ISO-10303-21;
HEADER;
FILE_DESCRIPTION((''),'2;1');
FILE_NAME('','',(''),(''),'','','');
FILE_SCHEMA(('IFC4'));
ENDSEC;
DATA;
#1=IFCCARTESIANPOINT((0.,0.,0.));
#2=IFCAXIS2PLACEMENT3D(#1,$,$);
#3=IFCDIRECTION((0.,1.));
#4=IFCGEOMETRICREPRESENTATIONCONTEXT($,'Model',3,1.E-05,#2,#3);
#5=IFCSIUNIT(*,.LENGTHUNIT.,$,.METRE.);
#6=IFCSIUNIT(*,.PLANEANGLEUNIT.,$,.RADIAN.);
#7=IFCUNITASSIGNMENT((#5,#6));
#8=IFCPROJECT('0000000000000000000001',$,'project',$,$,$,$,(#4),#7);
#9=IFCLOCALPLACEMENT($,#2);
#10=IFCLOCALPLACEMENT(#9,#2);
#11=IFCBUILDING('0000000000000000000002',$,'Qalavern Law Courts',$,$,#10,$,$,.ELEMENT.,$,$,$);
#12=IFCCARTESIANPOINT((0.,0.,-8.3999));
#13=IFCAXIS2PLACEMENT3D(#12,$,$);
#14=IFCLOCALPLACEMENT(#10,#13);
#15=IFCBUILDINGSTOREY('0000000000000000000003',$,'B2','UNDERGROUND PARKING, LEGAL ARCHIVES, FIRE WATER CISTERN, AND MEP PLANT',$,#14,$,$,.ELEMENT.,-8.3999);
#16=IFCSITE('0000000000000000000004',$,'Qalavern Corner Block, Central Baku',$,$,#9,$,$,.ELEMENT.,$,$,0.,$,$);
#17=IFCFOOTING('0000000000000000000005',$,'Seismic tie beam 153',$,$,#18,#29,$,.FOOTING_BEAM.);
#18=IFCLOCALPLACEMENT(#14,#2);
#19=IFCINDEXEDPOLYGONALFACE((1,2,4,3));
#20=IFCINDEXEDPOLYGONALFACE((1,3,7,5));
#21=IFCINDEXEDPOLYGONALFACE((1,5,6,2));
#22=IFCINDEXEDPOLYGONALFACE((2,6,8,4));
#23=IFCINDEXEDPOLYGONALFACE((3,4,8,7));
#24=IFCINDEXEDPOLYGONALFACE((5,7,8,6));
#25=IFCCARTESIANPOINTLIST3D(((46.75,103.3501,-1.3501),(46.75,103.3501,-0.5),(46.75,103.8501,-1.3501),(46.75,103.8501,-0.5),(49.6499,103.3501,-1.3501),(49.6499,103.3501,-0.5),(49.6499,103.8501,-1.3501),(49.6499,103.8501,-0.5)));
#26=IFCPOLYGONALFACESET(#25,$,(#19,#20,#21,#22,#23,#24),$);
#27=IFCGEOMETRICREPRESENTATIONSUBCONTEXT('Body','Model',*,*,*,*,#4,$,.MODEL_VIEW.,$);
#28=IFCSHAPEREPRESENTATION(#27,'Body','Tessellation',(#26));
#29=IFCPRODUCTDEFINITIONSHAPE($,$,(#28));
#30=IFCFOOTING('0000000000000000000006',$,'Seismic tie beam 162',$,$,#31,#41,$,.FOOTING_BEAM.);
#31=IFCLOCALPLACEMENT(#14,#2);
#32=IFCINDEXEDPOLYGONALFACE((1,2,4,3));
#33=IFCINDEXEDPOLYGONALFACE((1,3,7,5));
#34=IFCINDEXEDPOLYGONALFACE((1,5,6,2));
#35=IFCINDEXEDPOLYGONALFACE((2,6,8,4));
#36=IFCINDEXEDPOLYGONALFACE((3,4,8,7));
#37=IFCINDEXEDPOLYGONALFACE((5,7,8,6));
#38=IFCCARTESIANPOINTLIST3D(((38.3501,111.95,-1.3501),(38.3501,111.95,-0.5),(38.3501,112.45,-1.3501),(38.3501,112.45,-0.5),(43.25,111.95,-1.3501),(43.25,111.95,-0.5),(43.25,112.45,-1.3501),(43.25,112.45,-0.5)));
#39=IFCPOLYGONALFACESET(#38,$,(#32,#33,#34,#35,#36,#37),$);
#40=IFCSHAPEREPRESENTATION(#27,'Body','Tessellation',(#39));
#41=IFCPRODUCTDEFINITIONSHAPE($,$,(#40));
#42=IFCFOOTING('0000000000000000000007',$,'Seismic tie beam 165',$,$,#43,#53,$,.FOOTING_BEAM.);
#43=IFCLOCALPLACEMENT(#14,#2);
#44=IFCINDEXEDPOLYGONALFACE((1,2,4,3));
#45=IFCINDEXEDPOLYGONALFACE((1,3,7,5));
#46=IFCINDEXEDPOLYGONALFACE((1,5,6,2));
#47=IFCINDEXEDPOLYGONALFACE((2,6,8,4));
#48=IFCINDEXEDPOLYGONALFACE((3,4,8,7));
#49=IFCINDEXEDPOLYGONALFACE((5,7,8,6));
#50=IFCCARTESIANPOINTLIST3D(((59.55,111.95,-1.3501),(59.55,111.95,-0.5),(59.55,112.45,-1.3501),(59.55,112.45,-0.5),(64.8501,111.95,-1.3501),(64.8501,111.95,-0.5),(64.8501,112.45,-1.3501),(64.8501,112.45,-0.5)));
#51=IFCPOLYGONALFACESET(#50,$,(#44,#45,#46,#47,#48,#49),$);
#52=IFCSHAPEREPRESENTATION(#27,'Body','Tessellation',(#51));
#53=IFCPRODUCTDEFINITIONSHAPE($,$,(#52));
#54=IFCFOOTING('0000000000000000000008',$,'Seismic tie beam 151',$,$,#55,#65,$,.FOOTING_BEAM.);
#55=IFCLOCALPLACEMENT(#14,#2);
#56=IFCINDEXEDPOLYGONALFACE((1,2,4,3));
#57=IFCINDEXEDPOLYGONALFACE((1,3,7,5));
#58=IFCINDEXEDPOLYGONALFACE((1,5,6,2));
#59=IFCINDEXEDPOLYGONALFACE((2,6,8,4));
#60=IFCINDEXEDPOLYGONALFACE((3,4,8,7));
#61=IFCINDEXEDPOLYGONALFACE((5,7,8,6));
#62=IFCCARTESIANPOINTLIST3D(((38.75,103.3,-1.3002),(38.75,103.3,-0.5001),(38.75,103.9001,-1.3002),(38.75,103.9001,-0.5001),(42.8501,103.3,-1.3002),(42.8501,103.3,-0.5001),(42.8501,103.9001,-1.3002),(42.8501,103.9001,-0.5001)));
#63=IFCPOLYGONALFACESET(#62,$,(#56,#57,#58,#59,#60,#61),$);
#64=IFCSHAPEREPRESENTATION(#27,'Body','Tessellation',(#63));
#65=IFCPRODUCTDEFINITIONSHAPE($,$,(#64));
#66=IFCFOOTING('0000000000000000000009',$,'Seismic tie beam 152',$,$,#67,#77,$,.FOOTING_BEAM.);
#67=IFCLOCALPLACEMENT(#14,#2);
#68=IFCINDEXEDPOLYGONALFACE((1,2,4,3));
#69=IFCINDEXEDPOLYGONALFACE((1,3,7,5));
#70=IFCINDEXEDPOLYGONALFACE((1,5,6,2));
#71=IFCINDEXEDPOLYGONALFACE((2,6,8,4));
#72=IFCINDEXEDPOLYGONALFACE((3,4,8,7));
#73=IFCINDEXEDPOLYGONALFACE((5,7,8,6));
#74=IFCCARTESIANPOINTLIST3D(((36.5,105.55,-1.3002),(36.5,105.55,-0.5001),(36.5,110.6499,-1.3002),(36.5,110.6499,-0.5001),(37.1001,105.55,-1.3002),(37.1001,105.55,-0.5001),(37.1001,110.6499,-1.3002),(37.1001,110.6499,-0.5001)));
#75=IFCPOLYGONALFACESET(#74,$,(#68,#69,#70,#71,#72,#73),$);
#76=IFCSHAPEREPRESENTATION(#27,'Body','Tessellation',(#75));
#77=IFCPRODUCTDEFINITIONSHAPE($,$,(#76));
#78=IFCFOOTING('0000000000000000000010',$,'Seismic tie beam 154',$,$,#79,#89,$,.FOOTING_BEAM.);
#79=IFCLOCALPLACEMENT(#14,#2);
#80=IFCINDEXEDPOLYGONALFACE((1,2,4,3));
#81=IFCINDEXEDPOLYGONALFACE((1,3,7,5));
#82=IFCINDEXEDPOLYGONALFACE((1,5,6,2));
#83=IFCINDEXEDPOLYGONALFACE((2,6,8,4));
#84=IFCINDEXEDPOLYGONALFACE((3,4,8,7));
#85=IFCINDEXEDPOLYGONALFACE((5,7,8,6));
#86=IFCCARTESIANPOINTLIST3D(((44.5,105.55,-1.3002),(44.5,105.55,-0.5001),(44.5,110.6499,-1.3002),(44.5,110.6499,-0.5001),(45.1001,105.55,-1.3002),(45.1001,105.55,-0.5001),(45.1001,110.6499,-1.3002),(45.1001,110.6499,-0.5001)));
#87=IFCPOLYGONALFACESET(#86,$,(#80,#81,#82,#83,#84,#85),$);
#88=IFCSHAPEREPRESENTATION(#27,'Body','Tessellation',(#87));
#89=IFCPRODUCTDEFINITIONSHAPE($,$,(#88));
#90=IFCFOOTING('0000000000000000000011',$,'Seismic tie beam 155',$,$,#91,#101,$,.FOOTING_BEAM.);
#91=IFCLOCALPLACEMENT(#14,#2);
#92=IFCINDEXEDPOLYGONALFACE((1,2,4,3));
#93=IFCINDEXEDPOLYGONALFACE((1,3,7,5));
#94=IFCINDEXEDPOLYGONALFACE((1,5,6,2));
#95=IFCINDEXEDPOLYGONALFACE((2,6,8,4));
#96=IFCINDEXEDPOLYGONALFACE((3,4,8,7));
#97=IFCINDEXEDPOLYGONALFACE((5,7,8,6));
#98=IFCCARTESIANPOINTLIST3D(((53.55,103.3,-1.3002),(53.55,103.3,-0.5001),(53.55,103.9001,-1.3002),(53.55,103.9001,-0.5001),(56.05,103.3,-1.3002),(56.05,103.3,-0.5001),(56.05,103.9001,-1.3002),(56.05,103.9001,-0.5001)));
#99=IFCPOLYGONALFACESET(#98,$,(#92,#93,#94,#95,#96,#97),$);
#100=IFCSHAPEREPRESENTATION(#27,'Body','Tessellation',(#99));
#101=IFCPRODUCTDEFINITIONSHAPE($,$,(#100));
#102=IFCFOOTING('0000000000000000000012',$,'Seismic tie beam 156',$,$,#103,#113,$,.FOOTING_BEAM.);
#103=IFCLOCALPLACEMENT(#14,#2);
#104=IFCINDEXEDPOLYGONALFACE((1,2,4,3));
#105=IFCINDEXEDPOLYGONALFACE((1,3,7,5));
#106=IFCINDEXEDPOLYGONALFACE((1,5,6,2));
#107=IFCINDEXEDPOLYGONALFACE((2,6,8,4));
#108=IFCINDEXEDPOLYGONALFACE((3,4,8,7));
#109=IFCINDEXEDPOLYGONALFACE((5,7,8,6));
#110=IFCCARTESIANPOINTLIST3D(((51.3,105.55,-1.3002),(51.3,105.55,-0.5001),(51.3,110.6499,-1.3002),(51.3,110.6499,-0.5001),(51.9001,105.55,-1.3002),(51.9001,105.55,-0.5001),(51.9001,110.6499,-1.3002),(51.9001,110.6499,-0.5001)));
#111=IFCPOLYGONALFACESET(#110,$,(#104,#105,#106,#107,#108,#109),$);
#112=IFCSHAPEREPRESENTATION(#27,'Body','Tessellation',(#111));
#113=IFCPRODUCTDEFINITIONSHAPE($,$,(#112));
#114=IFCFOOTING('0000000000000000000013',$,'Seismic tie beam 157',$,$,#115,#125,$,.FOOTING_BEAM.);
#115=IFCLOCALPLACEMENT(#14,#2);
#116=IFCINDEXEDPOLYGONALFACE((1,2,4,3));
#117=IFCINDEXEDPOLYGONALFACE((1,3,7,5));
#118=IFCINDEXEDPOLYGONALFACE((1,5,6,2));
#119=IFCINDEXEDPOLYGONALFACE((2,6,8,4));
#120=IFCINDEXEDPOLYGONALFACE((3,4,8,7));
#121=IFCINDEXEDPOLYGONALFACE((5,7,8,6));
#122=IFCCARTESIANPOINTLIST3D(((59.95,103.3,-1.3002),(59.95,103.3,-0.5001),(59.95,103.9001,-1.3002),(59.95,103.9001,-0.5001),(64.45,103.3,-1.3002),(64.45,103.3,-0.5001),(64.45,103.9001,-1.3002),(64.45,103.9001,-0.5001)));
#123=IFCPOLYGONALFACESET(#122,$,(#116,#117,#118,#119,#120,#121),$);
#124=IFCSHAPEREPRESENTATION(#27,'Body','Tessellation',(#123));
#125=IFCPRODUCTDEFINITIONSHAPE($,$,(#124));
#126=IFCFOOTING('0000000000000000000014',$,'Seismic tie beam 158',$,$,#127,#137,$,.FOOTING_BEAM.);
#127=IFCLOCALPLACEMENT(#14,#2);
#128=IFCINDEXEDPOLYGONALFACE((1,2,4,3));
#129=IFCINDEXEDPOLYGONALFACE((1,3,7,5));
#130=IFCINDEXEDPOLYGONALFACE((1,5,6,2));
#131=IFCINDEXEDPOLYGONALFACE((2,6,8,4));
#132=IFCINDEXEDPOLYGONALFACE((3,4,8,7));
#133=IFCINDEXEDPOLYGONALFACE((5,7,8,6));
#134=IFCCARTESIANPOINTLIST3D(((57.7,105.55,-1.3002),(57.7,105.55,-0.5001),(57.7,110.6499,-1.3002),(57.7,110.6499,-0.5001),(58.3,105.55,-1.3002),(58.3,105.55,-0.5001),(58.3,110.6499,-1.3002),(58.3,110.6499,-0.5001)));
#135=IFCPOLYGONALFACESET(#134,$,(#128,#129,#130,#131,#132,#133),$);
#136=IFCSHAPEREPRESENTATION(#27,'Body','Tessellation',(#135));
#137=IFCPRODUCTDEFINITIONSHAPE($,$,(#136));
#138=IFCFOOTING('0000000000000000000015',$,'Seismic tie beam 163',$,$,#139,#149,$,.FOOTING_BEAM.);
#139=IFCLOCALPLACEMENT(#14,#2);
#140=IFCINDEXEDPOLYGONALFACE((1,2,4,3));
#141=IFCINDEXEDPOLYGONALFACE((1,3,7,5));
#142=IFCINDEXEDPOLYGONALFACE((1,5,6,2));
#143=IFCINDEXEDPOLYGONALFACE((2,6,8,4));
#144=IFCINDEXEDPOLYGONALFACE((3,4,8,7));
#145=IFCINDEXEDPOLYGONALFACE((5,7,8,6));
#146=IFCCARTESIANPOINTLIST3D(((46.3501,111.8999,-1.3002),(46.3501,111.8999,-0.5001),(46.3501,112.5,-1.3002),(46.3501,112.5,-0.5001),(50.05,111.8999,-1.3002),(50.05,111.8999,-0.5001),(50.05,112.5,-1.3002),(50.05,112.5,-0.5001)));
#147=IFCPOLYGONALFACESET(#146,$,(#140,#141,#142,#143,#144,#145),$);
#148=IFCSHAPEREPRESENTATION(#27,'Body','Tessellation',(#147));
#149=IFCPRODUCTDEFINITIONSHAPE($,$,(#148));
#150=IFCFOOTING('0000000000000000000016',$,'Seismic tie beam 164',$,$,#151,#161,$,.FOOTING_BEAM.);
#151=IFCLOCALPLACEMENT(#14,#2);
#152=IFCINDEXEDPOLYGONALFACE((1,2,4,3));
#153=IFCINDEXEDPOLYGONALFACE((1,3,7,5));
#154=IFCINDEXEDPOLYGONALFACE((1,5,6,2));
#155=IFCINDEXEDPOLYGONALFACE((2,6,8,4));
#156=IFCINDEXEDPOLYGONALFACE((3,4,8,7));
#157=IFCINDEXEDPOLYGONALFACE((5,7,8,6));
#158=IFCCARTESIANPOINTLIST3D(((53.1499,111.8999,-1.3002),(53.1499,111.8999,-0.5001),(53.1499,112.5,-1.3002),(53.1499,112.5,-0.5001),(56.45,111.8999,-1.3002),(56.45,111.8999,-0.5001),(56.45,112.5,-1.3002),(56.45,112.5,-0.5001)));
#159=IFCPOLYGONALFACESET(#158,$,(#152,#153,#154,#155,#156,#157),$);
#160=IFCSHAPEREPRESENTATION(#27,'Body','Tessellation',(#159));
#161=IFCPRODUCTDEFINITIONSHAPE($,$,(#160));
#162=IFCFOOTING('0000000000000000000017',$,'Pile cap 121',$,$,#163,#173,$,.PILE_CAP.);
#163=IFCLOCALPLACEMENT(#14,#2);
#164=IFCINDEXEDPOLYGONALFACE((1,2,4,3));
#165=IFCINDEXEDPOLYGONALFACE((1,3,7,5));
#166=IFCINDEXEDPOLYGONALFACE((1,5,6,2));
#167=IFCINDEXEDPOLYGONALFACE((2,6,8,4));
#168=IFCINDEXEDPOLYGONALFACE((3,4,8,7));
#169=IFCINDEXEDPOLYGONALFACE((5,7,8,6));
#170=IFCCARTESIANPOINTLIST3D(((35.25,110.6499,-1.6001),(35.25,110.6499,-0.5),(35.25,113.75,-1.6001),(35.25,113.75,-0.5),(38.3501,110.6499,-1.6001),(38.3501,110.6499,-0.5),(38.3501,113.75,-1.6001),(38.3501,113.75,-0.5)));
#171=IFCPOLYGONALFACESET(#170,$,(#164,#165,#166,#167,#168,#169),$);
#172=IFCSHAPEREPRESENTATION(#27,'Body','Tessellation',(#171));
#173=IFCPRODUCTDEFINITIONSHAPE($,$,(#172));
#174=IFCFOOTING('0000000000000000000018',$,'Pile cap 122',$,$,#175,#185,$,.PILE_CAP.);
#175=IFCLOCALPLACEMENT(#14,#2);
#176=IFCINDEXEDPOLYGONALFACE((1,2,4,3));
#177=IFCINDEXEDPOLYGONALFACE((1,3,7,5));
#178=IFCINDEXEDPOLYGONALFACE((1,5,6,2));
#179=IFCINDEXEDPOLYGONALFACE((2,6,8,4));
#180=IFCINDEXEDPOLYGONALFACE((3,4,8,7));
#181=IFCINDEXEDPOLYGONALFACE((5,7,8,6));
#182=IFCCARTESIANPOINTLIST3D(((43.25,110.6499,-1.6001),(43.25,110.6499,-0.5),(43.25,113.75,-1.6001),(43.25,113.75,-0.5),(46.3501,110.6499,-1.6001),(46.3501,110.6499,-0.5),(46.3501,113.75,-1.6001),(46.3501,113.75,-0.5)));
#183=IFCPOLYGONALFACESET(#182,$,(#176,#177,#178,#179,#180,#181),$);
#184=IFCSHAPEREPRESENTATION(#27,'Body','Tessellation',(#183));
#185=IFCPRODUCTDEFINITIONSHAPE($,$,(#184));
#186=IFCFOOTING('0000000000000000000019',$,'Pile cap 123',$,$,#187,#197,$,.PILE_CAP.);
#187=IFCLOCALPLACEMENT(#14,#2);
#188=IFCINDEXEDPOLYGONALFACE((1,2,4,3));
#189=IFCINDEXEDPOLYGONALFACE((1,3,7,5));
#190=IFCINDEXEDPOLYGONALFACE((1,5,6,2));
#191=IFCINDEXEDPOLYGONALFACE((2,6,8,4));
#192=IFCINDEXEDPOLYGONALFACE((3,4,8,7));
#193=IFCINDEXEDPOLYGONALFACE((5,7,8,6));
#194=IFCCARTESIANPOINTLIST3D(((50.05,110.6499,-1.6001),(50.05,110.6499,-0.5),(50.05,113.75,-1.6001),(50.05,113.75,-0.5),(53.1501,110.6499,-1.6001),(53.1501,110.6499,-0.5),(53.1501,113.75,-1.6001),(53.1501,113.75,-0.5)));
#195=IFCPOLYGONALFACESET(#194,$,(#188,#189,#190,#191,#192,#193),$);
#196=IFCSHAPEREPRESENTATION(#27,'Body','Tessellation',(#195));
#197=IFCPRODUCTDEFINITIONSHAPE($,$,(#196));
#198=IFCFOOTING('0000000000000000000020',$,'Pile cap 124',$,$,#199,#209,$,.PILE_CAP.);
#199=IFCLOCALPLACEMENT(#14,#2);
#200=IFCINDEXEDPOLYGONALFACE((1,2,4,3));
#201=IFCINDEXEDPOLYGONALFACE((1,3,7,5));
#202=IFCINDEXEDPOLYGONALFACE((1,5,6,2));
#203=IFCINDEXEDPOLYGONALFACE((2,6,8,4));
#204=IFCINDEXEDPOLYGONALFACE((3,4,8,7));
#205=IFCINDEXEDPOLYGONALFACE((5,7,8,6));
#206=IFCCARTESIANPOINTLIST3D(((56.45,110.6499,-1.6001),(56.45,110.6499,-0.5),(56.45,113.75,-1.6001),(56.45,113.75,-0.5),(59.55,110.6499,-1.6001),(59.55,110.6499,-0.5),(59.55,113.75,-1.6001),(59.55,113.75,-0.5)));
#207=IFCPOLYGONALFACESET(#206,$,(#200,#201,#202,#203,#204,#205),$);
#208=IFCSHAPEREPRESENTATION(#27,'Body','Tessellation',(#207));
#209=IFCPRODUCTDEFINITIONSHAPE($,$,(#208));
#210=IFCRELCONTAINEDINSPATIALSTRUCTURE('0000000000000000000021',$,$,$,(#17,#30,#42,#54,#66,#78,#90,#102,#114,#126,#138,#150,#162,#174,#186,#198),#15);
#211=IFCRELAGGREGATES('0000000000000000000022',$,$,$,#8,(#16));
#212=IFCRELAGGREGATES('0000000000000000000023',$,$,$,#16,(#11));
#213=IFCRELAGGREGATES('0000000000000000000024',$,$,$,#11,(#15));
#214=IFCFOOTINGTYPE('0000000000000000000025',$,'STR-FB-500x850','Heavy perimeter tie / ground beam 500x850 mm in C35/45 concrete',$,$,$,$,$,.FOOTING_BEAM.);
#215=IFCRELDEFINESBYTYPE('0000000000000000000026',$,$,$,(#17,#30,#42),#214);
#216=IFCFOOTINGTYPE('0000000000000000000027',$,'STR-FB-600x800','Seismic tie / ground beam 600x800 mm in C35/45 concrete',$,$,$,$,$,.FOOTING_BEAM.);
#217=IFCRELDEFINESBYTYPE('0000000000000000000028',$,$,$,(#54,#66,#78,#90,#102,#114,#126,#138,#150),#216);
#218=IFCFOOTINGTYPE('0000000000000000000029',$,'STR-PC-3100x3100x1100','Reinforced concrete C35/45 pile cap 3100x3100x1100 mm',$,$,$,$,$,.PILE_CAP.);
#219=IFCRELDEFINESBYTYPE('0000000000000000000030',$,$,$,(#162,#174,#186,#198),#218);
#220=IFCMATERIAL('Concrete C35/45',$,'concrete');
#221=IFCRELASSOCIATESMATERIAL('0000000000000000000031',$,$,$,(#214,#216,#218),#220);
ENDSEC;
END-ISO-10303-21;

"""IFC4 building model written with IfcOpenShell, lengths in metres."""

from ifc_helpers import new_model, si_unit, direction, frame, origin, origin_2d, place, context, subcontext, project, spatial, rectangle, extrude, material, material_profile, profile_set, type_object, element, save


model = new_model("IFC4")

# Units and contexts
model_context = context("Model", 3, precision=1e-05, world=origin(), true_north=direction((0.0, 1.0)))
body_context = subcontext(model_context, "Body", "Model", "MODEL_VIEW")
ifc_project = project(units=[si_unit("LENGTHUNIT", "METRE"), si_unit("PLANEANGLEUNIT", "RADIAN")], contexts=[model_context])

# Site, building, storey
site_placement = place(None, origin())
site = spatial("IfcSite", under=ifc_project, at=site_placement, Name="Qalavern Corner Block, Central Baku", CompositionType="ELEMENT", RefElevation=0.0)
building_placement = place(site_placement, origin())
building = spatial("IfcBuilding", under=site, at=building_placement, Name="Qalavern Law Courts", CompositionType="ELEMENT")
storey_placement = place(building_placement, frame((0.0, 0.0, -8.3999)))
storey = spatial("IfcBuildingStorey", under=building, at=storey_placement, Name="B2", Description="UNDERGROUND PARKING, LEGAL ARCHIVES, FIRE WATER CISTERN, AND MEP PLANT", CompositionType="ELEMENT", Elevation=-8.3999)

# Footings
ifc_material_1 = material(Name="Concrete C35/45", Category="concrete")
ifc_material_profile_1 = material_profile(ifc_material_1, rectangle(XDim=0.5, YDim=0.8501, at=origin_2d()), Name="RC 500x850")
ifc_profile_set_1 = profile_set([ifc_material_profile_1], Name="Concrete C35/45")
footing_type_1 = type_object("IfcFootingType", Name="STR-FB-500x850", Description="Heavy perimeter tie / ground beam 500x850 mm in C35/45 concrete", PredefinedType="FOOTING_BEAM", material=ifc_profile_set_1)
footing_1_placement = place(storey_placement, frame((46.75, 103.6001, -0.925), z_axis=(1.0, 0.0, 0.0), x_axis=(0.0, 1.0, 0.0)))
element("IfcFooting", 1, at=footing_1_placement, inside=storey, type_object=footing_type_1, Name="Seismic tie beam 153", PredefinedType="FOOTING_BEAM", context=body_context, shape_type="SweptSolid", body=[
    extrude(rectangle(XDim=0.5, YDim=0.8501, at=origin_2d()), origin(), (0.0, 0.0, 1.0), 2.8999),
])
footing_2_placement = place(storey_placement, frame((38.3501, 112.2, -0.925), z_axis=(1.0, 0.0, 0.0), x_axis=(0.0, 1.0, 0.0)))
element("IfcFooting", 2, at=footing_2_placement, inside=storey, type_object=footing_type_1, Name="Seismic tie beam 162", PredefinedType="FOOTING_BEAM", context=body_context, shape_type="SweptSolid", body=[
    extrude(rectangle(XDim=0.5, YDim=0.8501, at=origin_2d()), origin(), (0.0, 0.0, 1.0), 4.8999),
])
footing_3_placement = place(storey_placement, frame((59.55, 112.2, -0.925), z_axis=(1.0, 0.0, 0.0), x_axis=(0.0, 1.0, 0.0)))
element("IfcFooting", 3, at=footing_3_placement, inside=storey, type_object=footing_type_1, Name="Seismic tie beam 165", PredefinedType="FOOTING_BEAM", context=body_context, shape_type="SweptSolid", body=[
    extrude(rectangle(XDim=0.5, YDim=0.8501, at=origin_2d()), origin(), (0.0, 0.0, 1.0), 5.3),
])
ifc_material_profile_2 = material_profile(ifc_material_1, rectangle(XDim=0.6001, YDim=0.8, at=origin_2d()), Name="RC 600x800")
ifc_profile_set_2 = profile_set([ifc_material_profile_2], Name="Concrete C35/45")
footing_type_2 = type_object("IfcFootingType", Name="STR-FB-600x800", Description="Seismic tie / ground beam 600x800 mm in C35/45 concrete", PredefinedType="FOOTING_BEAM", material=ifc_profile_set_2)
footing_4_placement = place(storey_placement, frame((38.75, 103.6001, -0.9001), z_axis=(1.0, 0.0, 0.0), x_axis=(0.0, 1.0, 0.0)))
element("IfcFooting", 4, at=footing_4_placement, inside=storey, type_object=footing_type_2, Name="Seismic tie beam 151", PredefinedType="FOOTING_BEAM", context=body_context, shape_type="SweptSolid", body=[
    extrude(rectangle(XDim=0.6001, YDim=0.8, at=origin_2d()), origin(), (0.0, 0.0, 1.0), 4.1001),
])
for number, where, z_axis, x_axis, name in (
    (5, (36.8, 105.55, -0.9001), (0.0, 1.0, 0.0), (-1.0, 0.0, 0.0), "Seismic tie beam 152"),
    (6, (44.8, 105.55, -0.9001), (0.0, 1.0, 0.0), (-1.0, 0.0, 0.0), "Seismic tie beam 154"),
):
    element("IfcFooting", number, at=place(storey_placement, frame(where, z_axis=z_axis, x_axis=x_axis)), inside=storey, type_object=footing_type_2, Name=name, PredefinedType="FOOTING_BEAM", context=body_context, shape_type="SweptSolid", body=[
        extrude(rectangle(XDim=0.6001, YDim=0.8, at=origin_2d()), origin(), (0.0, 0.0, 1.0), 5.0999),
    ])
footing_5_placement = place(storey_placement, frame((53.55, 103.6001, -0.9001), z_axis=(1.0, 0.0, 0.0), x_axis=(0.0, 1.0, 0.0)))
element("IfcFooting", 7, at=footing_5_placement, inside=storey, type_object=footing_type_2, Name="Seismic tie beam 155", PredefinedType="FOOTING_BEAM", context=body_context, shape_type="SweptSolid", body=[
    extrude(rectangle(XDim=0.6001, YDim=0.8, at=origin_2d()), origin(), (0.0, 0.0, 1.0), 2.5),
])
footing_6_placement = place(storey_placement, frame((51.6001, 105.55, -0.9001), z_axis=(0.0, 1.0, 0.0), x_axis=(-1.0, 0.0, 0.0)))
element("IfcFooting", 8, at=footing_6_placement, inside=storey, type_object=footing_type_2, Name="Seismic tie beam 156", PredefinedType="FOOTING_BEAM", context=body_context, shape_type="SweptSolid", body=[
    extrude(rectangle(XDim=0.6001, YDim=0.8, at=origin_2d()), origin(), (0.0, 0.0, 1.0), 5.0999),
])
footing_7_placement = place(storey_placement, frame((59.95, 103.6001, -0.9001), z_axis=(1.0, 0.0, 0.0), x_axis=(0.0, 1.0, 0.0)))
element("IfcFooting", 9, at=footing_7_placement, inside=storey, type_object=footing_type_2, Name="Seismic tie beam 157", PredefinedType="FOOTING_BEAM", context=body_context, shape_type="SweptSolid", body=[
    extrude(rectangle(XDim=0.6001, YDim=0.8, at=origin_2d()), origin(), (0.0, 0.0, 1.0), 4.5),
])
footing_8_placement = place(storey_placement, frame((58.0, 105.55, -0.9001), z_axis=(0.0, 1.0, 0.0), x_axis=(-1.0, 0.0, 0.0)))
element("IfcFooting", 10, at=footing_8_placement, inside=storey, type_object=footing_type_2, Name="Seismic tie beam 158", PredefinedType="FOOTING_BEAM", context=body_context, shape_type="SweptSolid", body=[
    extrude(rectangle(XDim=0.6001, YDim=0.8, at=origin_2d()), origin(), (0.0, 0.0, 1.0), 5.0999),
])
footing_9_placement = place(storey_placement, frame((46.3501, 112.2, -0.9001), z_axis=(1.0, 0.0, 0.0), x_axis=(0.0, 1.0, 0.0)))
element("IfcFooting", 11, at=footing_9_placement, inside=storey, type_object=footing_type_2, Name="Seismic tie beam 163", PredefinedType="FOOTING_BEAM", context=body_context, shape_type="SweptSolid", body=[
    extrude(rectangle(XDim=0.6001, YDim=0.8, at=origin_2d()), origin(), (0.0, 0.0, 1.0), 3.7),
])
footing_10_placement = place(storey_placement, frame((53.1499, 112.2, -0.9001), z_axis=(1.0, 0.0, 0.0), x_axis=(0.0, 1.0, 0.0)))
element("IfcFooting", 12, at=footing_10_placement, inside=storey, type_object=footing_type_2, Name="Seismic tie beam 164", PredefinedType="FOOTING_BEAM", context=body_context, shape_type="SweptSolid", body=[
    extrude(rectangle(XDim=0.6001, YDim=0.8, at=origin_2d()), origin(), (0.0, 0.0, 1.0), 3.3),
])
footing_type_3 = type_object("IfcFootingType", Name="STR-PC-3100x3100x1100", Description="Reinforced concrete C35/45 pile cap 3100x3100x1100 mm", PredefinedType="PILE_CAP", material=ifc_material_1)
for number, where, z_axis, x_axis, name in (
    (13, (36.8, 112.2, -1.6001), (0.0, 0.0, 1.0), (1.0, 0.0, 0.0), "Pile cap 121"),
    (14, (44.8, 112.2, -1.6001), (0.0, 0.0, 1.0), (1.0, 0.0, 0.0), "Pile cap 122"),
    (15, (51.6001, 112.2, -1.6001), (0.0, 0.0, 1.0), (1.0, 0.0, 0.0), "Pile cap 123"),
    (16, (58.0, 112.2, -1.6001), (0.0, 0.0, 1.0), (1.0, 0.0, 0.0), "Pile cap 124"),
):
    element("IfcFooting", number, at=place(storey_placement, frame(where, z_axis=z_axis, x_axis=x_axis)), inside=storey, type_object=footing_type_3, Name=name, PredefinedType="PILE_CAP", context=body_context, shape_type="SweptSolid", body=[
        extrude(rectangle(XDim=3.1001, YDim=3.1001, at=origin_2d()), origin(), (0.0, 0.0, 1.0), 1.1001),
    ])

save(model, "model.ifc")
